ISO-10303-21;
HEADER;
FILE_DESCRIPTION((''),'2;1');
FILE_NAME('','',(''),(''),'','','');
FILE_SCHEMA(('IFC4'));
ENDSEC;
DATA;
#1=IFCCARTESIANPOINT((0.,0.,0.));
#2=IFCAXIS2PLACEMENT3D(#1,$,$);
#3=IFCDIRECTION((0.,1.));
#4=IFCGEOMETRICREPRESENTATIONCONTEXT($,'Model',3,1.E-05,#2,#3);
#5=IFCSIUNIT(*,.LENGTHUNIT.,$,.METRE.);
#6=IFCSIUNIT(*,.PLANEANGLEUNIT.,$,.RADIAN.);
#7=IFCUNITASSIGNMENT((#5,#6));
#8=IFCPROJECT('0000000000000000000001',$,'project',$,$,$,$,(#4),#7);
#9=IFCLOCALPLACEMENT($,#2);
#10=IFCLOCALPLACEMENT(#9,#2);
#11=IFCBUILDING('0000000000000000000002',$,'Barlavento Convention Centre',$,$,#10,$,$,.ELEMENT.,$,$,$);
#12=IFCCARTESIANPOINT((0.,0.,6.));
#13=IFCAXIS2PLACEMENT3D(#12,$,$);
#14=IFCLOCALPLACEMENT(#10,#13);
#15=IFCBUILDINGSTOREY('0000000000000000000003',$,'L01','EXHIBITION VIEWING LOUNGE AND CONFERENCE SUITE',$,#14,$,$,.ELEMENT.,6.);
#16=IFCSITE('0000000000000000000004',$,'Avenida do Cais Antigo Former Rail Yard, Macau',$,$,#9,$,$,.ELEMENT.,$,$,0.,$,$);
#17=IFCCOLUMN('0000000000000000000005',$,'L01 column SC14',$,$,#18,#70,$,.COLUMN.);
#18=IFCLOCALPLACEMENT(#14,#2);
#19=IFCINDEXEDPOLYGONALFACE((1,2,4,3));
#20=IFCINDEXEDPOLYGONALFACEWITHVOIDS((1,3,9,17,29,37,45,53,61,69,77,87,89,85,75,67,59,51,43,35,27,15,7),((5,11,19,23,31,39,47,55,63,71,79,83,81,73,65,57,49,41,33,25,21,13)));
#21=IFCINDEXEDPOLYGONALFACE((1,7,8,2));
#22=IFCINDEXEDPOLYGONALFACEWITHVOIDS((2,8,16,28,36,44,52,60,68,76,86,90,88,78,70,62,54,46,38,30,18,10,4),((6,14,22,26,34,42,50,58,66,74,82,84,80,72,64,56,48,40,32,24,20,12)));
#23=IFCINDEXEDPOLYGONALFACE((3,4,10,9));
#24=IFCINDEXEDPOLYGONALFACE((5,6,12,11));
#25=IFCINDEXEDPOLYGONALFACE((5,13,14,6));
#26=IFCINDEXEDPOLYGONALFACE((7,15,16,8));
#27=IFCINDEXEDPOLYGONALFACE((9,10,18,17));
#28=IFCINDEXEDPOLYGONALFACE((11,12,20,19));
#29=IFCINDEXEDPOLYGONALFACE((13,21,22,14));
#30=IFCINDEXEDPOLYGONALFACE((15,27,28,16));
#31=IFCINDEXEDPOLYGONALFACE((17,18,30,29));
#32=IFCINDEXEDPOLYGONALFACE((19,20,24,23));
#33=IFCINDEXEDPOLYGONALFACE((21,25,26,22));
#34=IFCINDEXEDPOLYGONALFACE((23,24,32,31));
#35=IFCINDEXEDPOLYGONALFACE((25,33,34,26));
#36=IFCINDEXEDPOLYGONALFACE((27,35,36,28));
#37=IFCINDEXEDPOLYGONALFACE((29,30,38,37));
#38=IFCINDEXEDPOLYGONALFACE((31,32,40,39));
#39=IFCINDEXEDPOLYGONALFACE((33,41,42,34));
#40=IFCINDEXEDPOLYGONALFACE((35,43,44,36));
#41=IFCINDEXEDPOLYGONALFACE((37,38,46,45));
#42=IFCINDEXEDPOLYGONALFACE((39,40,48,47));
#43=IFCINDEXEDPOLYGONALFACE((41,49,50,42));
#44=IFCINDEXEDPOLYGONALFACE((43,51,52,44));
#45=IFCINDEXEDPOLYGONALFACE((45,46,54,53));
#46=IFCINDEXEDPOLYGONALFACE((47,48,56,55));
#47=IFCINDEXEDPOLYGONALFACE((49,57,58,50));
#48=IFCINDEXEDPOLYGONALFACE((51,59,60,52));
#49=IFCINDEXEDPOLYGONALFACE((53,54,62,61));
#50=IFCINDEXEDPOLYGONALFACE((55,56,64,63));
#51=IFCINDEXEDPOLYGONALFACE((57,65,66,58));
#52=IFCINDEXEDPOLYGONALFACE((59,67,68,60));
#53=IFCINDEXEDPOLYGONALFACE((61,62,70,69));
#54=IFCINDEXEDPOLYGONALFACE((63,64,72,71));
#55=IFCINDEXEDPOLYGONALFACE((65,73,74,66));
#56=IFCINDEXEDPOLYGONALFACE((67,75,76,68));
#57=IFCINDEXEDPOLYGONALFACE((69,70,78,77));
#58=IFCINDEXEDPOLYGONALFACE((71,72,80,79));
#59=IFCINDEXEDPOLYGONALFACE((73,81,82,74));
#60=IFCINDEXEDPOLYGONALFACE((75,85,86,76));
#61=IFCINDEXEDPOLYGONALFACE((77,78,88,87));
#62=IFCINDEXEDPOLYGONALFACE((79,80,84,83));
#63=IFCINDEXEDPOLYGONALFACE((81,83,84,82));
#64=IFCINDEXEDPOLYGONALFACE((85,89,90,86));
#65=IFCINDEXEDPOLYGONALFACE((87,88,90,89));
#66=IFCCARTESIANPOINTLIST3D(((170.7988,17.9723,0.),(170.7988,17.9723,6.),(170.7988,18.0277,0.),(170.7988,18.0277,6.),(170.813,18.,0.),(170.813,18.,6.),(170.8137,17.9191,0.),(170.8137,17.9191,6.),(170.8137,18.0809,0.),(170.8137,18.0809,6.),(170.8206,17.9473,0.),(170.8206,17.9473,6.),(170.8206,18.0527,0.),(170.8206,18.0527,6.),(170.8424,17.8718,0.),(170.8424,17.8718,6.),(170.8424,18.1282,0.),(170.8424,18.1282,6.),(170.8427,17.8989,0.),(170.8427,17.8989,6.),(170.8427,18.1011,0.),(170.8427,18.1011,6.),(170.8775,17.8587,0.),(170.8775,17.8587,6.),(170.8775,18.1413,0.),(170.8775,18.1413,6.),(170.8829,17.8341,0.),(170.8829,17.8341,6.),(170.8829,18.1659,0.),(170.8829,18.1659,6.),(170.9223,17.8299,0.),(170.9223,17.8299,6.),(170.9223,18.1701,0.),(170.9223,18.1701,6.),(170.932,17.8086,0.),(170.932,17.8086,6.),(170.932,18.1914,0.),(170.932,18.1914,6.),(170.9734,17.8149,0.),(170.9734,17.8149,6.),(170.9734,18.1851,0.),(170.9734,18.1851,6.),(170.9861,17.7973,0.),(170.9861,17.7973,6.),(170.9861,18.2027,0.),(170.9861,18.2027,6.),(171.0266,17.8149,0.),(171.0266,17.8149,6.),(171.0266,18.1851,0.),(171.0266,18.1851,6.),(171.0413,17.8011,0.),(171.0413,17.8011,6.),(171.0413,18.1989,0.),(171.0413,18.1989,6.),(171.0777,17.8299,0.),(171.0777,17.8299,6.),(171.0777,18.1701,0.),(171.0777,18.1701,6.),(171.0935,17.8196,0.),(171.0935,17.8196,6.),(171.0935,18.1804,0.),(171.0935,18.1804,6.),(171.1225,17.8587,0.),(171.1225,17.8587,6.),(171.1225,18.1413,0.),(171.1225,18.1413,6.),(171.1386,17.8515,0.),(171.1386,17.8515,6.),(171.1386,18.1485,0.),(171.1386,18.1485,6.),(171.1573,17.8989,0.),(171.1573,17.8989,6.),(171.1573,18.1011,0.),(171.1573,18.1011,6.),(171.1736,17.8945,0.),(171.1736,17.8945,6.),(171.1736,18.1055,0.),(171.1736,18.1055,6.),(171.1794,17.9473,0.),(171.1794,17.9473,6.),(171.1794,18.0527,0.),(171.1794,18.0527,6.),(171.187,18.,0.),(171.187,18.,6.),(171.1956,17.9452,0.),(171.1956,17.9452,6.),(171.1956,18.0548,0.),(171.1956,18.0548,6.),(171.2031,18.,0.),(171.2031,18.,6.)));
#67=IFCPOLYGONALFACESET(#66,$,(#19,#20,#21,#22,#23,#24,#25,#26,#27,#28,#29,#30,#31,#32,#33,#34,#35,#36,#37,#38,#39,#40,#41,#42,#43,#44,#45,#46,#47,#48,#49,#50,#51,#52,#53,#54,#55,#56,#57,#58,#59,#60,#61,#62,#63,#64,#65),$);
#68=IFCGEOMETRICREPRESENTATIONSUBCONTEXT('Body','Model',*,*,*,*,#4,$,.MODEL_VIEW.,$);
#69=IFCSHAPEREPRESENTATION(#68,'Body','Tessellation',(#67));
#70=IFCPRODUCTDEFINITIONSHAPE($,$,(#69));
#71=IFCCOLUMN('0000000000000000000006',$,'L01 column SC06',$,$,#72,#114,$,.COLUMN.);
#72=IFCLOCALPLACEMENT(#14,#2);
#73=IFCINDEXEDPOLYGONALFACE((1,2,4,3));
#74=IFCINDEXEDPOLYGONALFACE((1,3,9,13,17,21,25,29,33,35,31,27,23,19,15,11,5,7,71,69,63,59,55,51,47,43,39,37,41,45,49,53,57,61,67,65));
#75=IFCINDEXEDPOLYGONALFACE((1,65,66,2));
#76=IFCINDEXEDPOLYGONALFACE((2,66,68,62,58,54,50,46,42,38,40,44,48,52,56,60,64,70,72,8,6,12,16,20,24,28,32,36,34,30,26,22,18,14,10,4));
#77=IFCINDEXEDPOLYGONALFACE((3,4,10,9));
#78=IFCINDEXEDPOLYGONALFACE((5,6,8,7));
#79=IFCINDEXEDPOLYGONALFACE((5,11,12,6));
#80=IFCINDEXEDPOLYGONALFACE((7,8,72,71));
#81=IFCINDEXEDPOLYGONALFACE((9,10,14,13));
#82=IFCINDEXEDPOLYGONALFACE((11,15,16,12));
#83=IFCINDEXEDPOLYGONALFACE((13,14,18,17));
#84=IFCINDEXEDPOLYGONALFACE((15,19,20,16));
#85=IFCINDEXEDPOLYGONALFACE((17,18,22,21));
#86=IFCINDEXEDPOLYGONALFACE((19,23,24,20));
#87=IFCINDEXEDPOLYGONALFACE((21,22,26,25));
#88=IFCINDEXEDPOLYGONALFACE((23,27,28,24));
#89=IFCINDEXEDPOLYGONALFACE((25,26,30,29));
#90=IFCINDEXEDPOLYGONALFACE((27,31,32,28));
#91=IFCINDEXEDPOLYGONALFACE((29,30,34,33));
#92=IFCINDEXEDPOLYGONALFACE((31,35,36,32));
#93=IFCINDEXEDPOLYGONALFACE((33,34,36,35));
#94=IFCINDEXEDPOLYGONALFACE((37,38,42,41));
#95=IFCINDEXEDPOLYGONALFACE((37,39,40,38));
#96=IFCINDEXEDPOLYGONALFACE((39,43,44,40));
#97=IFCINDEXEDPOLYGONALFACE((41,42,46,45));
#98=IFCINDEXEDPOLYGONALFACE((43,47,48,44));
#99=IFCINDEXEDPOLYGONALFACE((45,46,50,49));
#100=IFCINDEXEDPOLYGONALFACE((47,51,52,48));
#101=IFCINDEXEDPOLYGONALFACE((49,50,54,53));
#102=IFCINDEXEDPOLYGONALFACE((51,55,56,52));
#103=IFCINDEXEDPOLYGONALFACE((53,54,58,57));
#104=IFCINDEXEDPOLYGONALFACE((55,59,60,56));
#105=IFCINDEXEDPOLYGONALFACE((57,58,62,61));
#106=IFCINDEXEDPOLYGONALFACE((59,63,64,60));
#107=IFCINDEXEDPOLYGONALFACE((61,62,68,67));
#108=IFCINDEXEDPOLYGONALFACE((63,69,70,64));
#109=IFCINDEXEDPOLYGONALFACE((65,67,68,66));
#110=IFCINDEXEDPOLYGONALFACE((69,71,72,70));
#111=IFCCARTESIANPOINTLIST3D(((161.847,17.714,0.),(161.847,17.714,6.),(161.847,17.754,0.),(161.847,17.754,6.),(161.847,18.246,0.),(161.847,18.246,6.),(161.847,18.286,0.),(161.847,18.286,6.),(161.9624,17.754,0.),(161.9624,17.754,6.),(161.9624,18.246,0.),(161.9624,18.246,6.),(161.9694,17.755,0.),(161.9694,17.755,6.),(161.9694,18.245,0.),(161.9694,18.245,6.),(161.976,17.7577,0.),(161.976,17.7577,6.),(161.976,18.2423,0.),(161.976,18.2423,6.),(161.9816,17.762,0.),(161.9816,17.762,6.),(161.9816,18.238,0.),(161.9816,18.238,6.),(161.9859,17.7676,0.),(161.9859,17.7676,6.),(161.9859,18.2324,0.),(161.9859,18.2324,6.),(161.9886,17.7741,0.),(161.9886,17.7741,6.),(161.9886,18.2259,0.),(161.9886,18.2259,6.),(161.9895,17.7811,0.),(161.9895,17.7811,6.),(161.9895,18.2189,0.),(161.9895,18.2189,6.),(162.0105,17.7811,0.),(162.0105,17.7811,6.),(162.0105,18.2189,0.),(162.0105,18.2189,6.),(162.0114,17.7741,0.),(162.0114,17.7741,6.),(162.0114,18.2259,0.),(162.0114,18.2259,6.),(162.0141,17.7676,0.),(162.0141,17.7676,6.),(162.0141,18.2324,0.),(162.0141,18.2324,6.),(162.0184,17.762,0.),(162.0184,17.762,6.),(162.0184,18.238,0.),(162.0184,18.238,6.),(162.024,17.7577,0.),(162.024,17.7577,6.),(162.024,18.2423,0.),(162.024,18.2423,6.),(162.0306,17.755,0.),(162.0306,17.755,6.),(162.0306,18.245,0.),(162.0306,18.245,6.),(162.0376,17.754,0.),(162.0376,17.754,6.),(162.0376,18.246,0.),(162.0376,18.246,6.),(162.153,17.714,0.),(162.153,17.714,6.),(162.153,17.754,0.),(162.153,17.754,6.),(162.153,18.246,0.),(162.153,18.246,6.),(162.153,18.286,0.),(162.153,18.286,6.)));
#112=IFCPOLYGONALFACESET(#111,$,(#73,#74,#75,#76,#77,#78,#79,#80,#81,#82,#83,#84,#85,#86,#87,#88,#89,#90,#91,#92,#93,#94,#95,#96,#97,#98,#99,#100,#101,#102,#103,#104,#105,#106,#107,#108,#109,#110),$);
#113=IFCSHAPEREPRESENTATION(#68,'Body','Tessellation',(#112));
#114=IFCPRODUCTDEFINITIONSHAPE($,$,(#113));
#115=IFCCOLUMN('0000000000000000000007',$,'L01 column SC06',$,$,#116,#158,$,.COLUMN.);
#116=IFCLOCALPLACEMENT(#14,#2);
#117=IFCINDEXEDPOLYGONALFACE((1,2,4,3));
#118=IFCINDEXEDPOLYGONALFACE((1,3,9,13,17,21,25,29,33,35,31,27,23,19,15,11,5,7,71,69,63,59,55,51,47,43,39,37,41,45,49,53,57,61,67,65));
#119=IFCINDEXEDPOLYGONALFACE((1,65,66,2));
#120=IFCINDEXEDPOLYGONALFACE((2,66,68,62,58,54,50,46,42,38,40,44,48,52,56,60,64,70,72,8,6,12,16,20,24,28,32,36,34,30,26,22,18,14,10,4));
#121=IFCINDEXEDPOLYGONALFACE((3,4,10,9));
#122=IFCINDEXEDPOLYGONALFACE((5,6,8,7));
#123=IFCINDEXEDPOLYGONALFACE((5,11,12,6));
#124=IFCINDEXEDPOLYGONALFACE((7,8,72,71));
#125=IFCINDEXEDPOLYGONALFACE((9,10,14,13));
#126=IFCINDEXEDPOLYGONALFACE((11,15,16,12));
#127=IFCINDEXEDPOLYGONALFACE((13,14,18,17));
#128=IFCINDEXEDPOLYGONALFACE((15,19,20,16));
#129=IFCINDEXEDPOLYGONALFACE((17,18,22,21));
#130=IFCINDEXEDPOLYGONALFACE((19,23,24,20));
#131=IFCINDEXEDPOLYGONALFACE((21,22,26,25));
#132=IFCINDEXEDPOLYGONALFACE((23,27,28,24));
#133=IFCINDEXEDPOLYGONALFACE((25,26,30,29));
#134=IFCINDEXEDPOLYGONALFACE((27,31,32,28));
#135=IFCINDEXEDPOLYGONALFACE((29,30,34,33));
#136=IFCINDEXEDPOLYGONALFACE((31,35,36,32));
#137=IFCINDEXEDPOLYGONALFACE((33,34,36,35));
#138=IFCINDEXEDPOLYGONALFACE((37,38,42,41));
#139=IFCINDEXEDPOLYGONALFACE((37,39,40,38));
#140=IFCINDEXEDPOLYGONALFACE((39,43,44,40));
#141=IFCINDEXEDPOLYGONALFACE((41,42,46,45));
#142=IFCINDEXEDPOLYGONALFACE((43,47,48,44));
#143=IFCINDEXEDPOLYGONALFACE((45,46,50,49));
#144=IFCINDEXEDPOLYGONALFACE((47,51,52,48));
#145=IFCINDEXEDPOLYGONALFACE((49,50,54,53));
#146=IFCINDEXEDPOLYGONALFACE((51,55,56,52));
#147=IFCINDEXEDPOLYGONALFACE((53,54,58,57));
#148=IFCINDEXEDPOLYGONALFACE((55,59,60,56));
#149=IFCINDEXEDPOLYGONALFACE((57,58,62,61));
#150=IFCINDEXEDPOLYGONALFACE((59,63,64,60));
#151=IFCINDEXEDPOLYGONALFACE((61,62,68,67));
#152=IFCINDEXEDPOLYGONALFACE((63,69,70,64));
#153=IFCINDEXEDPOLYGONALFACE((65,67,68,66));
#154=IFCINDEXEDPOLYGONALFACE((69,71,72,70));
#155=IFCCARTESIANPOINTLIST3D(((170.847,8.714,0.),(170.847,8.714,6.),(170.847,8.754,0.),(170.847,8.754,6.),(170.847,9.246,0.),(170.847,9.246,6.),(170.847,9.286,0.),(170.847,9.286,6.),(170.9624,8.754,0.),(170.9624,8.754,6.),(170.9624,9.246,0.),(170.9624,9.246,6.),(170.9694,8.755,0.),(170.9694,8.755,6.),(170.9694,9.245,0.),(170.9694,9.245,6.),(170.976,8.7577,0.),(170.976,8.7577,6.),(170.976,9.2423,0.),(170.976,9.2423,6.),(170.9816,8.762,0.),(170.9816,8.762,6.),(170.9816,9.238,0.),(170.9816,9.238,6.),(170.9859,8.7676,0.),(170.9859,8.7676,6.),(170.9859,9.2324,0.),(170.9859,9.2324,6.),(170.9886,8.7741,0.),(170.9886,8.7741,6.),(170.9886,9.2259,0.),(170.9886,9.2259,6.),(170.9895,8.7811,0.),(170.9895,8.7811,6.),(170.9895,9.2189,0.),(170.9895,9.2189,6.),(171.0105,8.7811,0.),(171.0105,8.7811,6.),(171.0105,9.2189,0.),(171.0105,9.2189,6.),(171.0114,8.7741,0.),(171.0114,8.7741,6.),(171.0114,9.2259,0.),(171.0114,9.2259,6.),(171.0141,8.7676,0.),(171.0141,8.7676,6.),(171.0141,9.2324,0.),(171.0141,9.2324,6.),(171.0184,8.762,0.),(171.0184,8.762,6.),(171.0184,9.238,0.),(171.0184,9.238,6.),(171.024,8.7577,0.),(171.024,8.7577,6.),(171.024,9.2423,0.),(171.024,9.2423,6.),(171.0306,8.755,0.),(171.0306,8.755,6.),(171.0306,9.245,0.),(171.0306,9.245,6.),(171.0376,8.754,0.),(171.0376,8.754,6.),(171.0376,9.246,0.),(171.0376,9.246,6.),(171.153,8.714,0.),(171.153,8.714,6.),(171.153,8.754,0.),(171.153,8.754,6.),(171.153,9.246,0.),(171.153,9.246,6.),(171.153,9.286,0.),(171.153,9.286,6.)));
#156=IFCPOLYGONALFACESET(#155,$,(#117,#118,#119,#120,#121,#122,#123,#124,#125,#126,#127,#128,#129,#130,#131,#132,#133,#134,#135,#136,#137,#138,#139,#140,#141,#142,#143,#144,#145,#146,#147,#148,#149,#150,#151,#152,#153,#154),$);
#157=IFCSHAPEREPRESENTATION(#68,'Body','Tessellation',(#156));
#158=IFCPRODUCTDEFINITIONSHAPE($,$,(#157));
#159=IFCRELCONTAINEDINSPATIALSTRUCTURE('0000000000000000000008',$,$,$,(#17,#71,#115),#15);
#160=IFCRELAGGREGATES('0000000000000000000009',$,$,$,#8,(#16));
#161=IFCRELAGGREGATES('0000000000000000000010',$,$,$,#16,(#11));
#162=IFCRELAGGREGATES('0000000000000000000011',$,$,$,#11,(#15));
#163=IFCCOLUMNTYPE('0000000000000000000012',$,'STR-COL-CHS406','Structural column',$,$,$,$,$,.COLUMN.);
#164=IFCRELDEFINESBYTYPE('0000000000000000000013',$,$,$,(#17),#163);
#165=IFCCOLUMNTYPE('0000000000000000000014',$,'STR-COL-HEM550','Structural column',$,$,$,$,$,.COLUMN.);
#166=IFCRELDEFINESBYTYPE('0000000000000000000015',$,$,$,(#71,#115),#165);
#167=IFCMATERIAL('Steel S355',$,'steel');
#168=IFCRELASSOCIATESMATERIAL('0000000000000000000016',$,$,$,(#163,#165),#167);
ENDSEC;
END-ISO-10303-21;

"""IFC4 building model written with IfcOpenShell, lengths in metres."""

from ifc_helpers import new_model, si_unit, direction, frame, origin, origin_2d, place, context, subcontext, project, spatial, hollow_circle, i_section, extrude, material, material_profile, profile_set, type_object, element, save


model = new_model("IFC4")

# Units and contexts
model_context = context("Model", 3, precision=1e-05, world=origin(), true_north=direction((0.0, 1.0)))
body_context = subcontext(model_context, "Body", "Model", "MODEL_VIEW")
ifc_project = project(units=[si_unit("LENGTHUNIT", "METRE"), si_unit("PLANEANGLEUNIT", "RADIAN")], contexts=[model_context])

# Site, building, storey
site_placement = place(None, origin())
site = spatial("IfcSite", under=ifc_project, at=site_placement, Name="Avenida do Cais Antigo Former Rail Yard, Macau", CompositionType="ELEMENT", RefElevation=0.0)
building_placement = place(site_placement, origin())
building = spatial("IfcBuilding", under=site, at=building_placement, Name="Barlavento Convention Centre", CompositionType="ELEMENT")
storey_placement = place(building_placement, frame((0.0, 0.0, 6.0)))
storey = spatial("IfcBuildingStorey", under=building, at=storey_placement, Name="L01", Description="EXHIBITION VIEWING LOUNGE AND CONFERENCE SUITE", CompositionType="ELEMENT", Elevation=6.0)

# Columns
ifc_material = material(Name="Steel S355", Category="steel")
ifc_material_profile_1 = material_profile(ifc_material, hollow_circle(Radius=0.2031, WallThickness=0.0161, at=origin_2d()), Name="CHS 406.4x16.0")
ifc_profile_set_1 = profile_set([ifc_material_profile_1], Name="Steel S355")
column_type_1 = type_object("IfcColumnType", Name="STR-COL-CHS406", Description="Structural column", PredefinedType="COLUMN", material=ifc_profile_set_1)
column_placement = place(storey_placement, frame((171.0, 18.0, 0.0), z_axis=(0.0, 0.0, 1.0), x_axis=(1.0, 0.0, 0.0)))
element("IfcColumn", 1, at=column_placement, inside=storey, type_object=column_type_1, Name="L01 column SC14", PredefinedType="COLUMN", context=body_context, shape_type="SweptSolid", body=[
    extrude(hollow_circle(Radius=0.2031, WallThickness=0.0161, at=origin_2d()), origin(), (0.0, 0.0, 1.0), 6.0),
])
ifc_material_profile_2 = material_profile(ifc_material, i_section(OverallWidth=0.3059, OverallDepth=0.572, WebThickness=0.021, FlangeThickness=0.04, FilletRadius=0.0271, at=origin_2d()), Name="HEM 550")
ifc_profile_set_2 = profile_set([ifc_material_profile_2], Name="Steel S355")
column_type_2 = type_object("IfcColumnType", Name="STR-COL-HEM550", Description="Structural column", PredefinedType="COLUMN", material=ifc_profile_set_2)
for number, where, z_axis, x_axis, name in (
    (2, (162.0, 18.0, 0.0), (0.0, 0.0, 1.0), (1.0, 0.0, 0.0), "L01 column SC06"),
    (3, (171.0, 9.0, 0.0), (0.0, 0.0, 1.0), (1.0, 0.0, 0.0), "L01 column SC06"),
):
    element("IfcColumn", number, at=place(storey_placement, frame(where, z_axis=z_axis, x_axis=x_axis)), inside=storey, type_object=column_type_2, Name=name, PredefinedType="COLUMN", context=body_context, shape_type="SweptSolid", body=[
        extrude(i_section(OverallWidth=0.3059, OverallDepth=0.572, WebThickness=0.021, FlangeThickness=0.04, FilletRadius=0.0271, at=origin_2d()), origin(), (0.0, 0.0, 1.0), 6.0),
    ])

save(model, "model.ifc")
